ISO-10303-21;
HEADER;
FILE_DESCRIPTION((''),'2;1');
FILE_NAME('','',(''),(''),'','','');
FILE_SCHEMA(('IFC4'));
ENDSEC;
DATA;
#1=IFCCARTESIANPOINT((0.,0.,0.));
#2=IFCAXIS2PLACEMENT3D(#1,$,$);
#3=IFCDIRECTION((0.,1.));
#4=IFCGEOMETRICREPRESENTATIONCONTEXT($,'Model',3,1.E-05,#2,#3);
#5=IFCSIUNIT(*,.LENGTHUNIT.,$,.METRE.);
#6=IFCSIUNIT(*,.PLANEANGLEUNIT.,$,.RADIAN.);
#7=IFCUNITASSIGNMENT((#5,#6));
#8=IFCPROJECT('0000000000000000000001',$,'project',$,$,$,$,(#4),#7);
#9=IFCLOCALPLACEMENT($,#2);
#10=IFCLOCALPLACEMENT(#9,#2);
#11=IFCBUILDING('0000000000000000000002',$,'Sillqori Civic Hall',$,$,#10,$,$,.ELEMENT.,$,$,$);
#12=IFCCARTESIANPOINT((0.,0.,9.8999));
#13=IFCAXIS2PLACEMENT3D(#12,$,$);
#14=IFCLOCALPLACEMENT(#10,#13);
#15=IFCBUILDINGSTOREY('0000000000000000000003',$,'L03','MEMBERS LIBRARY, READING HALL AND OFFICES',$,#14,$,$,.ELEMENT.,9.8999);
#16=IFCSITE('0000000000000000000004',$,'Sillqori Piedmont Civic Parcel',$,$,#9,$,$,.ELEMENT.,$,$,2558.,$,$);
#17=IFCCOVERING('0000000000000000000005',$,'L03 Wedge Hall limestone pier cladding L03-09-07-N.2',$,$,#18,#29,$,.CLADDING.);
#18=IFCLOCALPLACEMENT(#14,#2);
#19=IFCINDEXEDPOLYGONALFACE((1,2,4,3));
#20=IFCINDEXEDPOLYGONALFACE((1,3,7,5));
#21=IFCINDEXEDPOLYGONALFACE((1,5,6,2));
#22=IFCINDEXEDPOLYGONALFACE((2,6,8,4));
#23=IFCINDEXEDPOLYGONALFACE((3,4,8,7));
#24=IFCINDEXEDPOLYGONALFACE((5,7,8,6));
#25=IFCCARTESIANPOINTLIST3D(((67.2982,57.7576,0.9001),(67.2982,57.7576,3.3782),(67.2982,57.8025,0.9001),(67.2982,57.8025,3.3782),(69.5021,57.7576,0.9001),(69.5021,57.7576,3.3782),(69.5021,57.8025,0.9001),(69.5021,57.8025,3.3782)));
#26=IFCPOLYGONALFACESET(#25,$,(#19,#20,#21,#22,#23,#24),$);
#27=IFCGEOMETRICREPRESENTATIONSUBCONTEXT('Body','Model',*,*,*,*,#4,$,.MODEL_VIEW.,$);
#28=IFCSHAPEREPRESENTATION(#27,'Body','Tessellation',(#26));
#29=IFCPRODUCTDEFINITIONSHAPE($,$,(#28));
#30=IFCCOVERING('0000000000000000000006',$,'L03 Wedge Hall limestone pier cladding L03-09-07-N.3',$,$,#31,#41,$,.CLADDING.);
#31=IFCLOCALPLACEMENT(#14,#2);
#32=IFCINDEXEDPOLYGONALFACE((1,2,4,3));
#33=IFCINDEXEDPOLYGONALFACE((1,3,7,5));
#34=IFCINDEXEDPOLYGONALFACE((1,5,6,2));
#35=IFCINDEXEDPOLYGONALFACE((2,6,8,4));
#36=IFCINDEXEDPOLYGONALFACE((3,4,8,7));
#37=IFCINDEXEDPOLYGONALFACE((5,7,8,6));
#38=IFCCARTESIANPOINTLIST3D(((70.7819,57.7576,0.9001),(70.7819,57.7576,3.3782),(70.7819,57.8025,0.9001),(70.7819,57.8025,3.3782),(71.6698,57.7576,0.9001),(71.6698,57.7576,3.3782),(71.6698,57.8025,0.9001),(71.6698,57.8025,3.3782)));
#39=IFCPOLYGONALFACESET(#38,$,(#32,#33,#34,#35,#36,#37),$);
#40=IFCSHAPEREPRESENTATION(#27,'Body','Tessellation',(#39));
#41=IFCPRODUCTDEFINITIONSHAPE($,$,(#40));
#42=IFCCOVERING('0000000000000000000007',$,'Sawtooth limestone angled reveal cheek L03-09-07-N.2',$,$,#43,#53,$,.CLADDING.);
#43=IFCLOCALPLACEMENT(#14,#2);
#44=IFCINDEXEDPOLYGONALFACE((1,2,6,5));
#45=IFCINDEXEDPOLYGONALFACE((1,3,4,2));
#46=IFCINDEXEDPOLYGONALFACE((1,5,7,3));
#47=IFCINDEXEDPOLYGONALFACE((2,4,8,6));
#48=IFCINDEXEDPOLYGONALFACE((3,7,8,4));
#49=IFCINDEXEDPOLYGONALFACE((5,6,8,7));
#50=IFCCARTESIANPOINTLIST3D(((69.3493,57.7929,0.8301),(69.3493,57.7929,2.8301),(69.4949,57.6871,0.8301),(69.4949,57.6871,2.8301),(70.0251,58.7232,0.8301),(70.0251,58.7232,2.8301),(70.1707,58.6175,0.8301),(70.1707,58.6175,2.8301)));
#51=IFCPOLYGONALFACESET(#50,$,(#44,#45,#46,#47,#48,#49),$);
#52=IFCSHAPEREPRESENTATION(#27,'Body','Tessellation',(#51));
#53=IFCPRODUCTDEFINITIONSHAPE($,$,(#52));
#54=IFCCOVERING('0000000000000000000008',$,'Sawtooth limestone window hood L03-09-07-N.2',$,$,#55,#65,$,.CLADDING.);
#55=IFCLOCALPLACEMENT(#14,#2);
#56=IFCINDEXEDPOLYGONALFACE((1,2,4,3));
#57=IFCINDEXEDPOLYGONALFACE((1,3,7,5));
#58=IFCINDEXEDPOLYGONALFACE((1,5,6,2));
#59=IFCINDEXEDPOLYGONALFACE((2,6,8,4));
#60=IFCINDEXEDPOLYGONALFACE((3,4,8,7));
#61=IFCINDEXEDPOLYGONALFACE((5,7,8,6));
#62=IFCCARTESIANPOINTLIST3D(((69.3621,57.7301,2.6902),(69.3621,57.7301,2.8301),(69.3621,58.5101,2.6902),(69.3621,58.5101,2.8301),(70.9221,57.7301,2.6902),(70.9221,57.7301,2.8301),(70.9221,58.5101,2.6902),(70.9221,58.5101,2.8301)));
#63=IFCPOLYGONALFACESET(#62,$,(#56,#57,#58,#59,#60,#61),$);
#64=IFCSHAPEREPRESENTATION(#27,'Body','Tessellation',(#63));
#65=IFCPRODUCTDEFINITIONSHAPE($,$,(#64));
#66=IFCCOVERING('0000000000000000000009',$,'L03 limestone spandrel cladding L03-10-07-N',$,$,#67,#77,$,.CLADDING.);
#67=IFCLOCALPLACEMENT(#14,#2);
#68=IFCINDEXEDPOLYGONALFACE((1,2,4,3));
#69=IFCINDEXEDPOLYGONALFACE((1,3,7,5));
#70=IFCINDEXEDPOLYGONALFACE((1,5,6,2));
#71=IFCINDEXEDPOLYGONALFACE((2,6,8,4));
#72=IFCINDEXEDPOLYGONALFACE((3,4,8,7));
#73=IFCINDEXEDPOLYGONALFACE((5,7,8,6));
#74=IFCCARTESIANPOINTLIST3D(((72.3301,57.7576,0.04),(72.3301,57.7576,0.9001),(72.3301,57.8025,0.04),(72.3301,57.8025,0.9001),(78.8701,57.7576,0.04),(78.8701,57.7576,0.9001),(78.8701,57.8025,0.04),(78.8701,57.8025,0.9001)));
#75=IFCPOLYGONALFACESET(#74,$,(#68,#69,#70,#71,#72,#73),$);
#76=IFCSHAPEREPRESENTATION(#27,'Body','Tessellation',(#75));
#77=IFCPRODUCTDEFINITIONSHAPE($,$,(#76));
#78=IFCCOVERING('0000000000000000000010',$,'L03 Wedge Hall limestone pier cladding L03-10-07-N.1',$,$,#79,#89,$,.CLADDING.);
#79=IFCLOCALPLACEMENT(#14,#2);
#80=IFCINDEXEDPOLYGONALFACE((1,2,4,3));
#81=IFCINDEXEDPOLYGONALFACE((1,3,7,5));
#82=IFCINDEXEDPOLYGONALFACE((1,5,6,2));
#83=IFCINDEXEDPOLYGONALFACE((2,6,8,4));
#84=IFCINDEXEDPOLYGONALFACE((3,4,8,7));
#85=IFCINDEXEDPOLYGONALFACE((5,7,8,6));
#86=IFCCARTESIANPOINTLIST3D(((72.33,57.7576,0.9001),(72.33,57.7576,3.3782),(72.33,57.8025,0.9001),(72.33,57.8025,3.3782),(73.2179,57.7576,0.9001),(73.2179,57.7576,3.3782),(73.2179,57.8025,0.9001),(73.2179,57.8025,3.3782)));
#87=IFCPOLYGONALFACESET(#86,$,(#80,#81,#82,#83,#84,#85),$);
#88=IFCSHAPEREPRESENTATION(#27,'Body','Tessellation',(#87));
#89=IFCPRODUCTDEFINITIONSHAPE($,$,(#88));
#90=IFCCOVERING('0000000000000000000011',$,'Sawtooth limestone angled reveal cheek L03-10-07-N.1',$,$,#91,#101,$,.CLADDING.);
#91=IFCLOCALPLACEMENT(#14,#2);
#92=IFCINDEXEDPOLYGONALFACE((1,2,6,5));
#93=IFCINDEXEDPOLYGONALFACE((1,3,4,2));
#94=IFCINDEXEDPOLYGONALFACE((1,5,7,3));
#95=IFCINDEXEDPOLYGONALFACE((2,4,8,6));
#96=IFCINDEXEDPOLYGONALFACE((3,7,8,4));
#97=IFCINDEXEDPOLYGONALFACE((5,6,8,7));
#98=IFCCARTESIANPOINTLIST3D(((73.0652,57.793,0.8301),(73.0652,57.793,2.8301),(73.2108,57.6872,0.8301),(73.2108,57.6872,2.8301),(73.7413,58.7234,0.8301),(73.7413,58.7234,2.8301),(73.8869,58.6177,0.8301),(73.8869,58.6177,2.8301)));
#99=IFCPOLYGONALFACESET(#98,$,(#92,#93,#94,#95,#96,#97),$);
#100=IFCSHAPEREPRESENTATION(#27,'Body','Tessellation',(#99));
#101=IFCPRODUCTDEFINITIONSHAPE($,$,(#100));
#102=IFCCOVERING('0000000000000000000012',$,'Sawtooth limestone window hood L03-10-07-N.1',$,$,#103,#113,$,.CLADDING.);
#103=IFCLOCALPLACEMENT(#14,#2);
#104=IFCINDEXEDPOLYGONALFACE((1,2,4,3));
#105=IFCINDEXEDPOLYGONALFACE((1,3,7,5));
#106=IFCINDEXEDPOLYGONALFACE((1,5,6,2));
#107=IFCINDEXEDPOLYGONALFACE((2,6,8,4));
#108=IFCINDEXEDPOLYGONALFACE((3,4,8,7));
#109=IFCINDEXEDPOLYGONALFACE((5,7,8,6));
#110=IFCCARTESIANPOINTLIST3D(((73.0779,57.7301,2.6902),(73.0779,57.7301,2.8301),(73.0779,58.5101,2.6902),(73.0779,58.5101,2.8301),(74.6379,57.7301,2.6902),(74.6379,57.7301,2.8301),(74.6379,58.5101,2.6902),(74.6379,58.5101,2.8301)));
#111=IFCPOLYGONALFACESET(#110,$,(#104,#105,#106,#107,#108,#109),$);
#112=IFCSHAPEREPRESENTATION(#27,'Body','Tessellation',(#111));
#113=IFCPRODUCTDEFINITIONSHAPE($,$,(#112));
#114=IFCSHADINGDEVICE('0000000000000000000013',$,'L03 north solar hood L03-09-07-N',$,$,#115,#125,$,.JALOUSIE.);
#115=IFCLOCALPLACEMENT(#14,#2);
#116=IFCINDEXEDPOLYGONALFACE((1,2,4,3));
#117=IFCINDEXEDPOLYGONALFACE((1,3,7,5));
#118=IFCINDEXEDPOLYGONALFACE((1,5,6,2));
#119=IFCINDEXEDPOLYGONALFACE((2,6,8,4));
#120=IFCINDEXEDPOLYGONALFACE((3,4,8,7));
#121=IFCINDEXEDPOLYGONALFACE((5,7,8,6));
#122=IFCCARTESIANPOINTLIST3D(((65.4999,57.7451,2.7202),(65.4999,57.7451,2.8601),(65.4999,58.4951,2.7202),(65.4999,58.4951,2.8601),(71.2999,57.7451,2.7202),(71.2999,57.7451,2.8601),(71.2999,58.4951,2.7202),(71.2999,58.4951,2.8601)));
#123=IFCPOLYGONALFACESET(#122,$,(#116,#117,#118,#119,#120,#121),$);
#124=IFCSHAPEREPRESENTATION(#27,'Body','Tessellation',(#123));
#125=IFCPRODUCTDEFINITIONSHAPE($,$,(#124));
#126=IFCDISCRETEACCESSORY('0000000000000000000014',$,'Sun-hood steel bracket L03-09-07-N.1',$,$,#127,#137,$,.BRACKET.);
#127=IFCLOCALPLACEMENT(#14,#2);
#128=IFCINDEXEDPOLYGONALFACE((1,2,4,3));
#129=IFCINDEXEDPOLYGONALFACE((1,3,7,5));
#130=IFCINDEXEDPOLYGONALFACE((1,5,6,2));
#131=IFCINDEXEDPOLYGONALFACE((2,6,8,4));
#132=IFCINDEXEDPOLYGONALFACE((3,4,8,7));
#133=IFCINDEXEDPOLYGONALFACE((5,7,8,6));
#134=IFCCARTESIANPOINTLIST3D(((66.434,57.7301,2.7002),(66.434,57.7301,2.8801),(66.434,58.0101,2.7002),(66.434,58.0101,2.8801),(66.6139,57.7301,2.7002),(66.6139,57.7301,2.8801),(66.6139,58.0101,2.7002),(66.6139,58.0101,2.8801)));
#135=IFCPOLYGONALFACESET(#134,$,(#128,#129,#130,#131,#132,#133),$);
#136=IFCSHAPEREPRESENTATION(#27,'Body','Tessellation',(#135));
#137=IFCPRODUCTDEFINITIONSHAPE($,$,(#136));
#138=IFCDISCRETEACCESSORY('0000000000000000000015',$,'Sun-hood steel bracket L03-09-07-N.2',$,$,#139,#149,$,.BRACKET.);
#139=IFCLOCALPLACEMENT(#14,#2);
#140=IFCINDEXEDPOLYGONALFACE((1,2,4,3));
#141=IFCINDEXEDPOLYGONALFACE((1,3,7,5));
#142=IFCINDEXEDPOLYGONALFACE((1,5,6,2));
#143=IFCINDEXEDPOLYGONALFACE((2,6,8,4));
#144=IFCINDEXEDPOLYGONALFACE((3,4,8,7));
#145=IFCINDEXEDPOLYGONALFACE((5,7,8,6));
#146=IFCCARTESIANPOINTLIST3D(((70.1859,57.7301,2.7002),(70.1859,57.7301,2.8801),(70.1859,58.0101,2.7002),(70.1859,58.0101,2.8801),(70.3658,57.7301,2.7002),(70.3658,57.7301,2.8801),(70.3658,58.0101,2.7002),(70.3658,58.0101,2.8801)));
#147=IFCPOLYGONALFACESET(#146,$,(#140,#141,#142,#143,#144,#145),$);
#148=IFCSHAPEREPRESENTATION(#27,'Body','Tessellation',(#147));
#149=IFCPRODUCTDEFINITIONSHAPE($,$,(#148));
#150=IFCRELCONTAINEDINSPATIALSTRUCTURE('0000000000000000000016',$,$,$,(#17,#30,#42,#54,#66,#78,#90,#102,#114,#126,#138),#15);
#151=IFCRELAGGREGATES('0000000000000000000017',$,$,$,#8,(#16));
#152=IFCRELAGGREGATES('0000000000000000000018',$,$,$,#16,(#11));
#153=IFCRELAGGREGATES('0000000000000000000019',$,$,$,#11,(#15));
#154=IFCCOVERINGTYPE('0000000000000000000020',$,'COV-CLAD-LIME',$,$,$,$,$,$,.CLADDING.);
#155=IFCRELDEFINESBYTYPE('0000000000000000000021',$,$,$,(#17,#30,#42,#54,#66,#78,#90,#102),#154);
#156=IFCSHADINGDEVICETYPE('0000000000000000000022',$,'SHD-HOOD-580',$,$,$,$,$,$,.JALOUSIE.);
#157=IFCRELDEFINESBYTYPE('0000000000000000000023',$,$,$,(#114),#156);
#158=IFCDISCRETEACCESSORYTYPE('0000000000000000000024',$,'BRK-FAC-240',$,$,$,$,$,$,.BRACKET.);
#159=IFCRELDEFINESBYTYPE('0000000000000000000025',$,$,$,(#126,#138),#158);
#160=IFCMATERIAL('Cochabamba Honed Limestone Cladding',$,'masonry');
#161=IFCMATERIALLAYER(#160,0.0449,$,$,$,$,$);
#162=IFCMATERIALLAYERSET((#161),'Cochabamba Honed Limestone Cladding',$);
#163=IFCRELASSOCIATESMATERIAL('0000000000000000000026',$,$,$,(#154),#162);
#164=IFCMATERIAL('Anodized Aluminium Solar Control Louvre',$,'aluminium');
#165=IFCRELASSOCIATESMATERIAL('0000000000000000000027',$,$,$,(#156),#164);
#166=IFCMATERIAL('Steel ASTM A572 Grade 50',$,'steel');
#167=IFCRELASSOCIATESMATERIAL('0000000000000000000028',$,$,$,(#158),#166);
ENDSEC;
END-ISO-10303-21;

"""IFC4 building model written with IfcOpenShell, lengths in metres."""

from ifc_helpers import new_model, si_unit, direction, frame, frame_2d, origin, origin_2d, place, context, subcontext, project, spatial, rectangle, extrude, material, layer, layer_set, type_object, element, save


model = new_model("IFC4")

# Units and contexts
model_context = context("Model", 3, precision=1e-05, world=origin(), true_north=direction((0.0, 1.0)))
body_context = subcontext(model_context, "Body", "Model", "MODEL_VIEW")
ifc_project = project(units=[si_unit("LENGTHUNIT", "METRE"), si_unit("PLANEANGLEUNIT", "RADIAN")], contexts=[model_context])

# Site, building, storey
site_placement = place(None, origin())
site = spatial("IfcSite", under=ifc_project, at=site_placement, Name="Sillqori Piedmont Civic Parcel", CompositionType="ELEMENT", RefElevation=2558.0)
building_placement = place(site_placement, origin())
building = spatial("IfcBuilding", under=site, at=building_placement, Name="Sillqori Civic Hall", CompositionType="ELEMENT")
storey_placement = place(building_placement, frame((0.0, 0.0, 9.8999)))
storey = spatial("IfcBuildingStorey", under=building, at=storey_placement, Name="L03", Description="MEMBERS LIBRARY, READING HALL AND OFFICES", CompositionType="ELEMENT", Elevation=9.8999)

# Coverings
ifc_material_1 = material(Name="Cochabamba Honed Limestone Cladding", Category="masonry")
ifc_layer_1 = layer(ifc_material_1, 0.0449)
ifc_layer_set_1 = layer_set([ifc_layer_1], Name="Cochabamba Honed Limestone Cladding")
covering_type = type_object("IfcCoveringType", Name="COV-CLAD-LIME", PredefinedType="CLADDING", material=ifc_layer_set_1)
covering_1_placement = place(storey_placement, frame((67.2981, 57.78, 0.9001), z_axis=(0.0, 0.0, 1.0), x_axis=(1.0, 0.0, 0.0)))
element("IfcCovering", 1, at=covering_1_placement, inside=storey, type_object=covering_type, Name="L03 Wedge Hall limestone pier cladding L03-09-07-N.2", PredefinedType="CLADDING", context=body_context, shape_type="SweptSolid", body=[
    extrude(rectangle(XDim=2.2039, YDim=0.0449, at=frame_2d((1.1021, 0.0))), origin(), (0.0, 0.0, 1.0), 2.478),
])
covering_2_placement = place(storey_placement, frame((70.782, 57.78, 0.9001), z_axis=(0.0, 0.0, 1.0), x_axis=(1.0, 0.0, 0.0)))
element("IfcCovering", 2, at=covering_2_placement, inside=storey, type_object=covering_type, Name="L03 Wedge Hall limestone pier cladding L03-09-07-N.3", PredefinedType="CLADDING", context=body_context, shape_type="SweptSolid", body=[
    extrude(rectangle(XDim=0.8879, YDim=0.0449, at=frame_2d((0.4438, 0.0))), origin(), (0.0, 0.0, 1.0), 2.478),
])
covering_3_placement = place(storey_placement, frame((69.4221, 57.74, 0.8301), z_axis=(0.0, 0.0, 1.0), x_axis=(0.587667, 0.809103, 0.0)))
element("IfcCovering", 3, at=covering_3_placement, inside=storey, type_object=covering_type, Name="Sawtooth limestone angled reveal cheek L03-09-07-N.2", PredefinedType="CLADDING", context=body_context, shape_type="SweptSolid", body=[
    extrude(rectangle(XDim=1.1499, YDim=0.1799, at=frame_2d((0.575, 0.0))), origin(), (0.0, 0.0, 1.0), 2.0),
])
covering_4_placement = place(storey_placement, frame((69.3621, 58.1201, 2.6902), z_axis=(0.0, 0.0, 1.0), x_axis=(1.0, 0.0, 0.0)))
element("IfcCovering", 4, at=covering_4_placement, inside=storey, type_object=covering_type, Name="Sawtooth limestone window hood L03-09-07-N.2", PredefinedType="CLADDING", context=body_context, shape_type="SweptSolid", body=[
    extrude(rectangle(XDim=1.5601, YDim=0.78, at=frame_2d((0.78, 0.0))), origin(), (0.0, 0.0, 1.0), 0.1399),
])
covering_5_placement = place(storey_placement, frame((72.3301, 57.78, 0.04), z_axis=(0.0, 0.0, 1.0), x_axis=(1.0, 0.0, 0.0)))
element("IfcCovering", 5, at=covering_5_placement, inside=storey, type_object=covering_type, Name="L03 limestone spandrel cladding L03-10-07-N", PredefinedType="CLADDING", context=body_context, shape_type="SweptSolid", body=[
    extrude(rectangle(XDim=6.54, YDim=0.0449, at=frame_2d((3.27, 0.0))), origin(), (0.0, 0.0, 1.0), 0.8601),
])
covering_6_placement = place(storey_placement, frame((72.3301, 57.78, 0.9001), z_axis=(0.0, 0.0, 1.0), x_axis=(1.0, 0.0, 0.0)))
element("IfcCovering", 6, at=covering_6_placement, inside=storey, type_object=covering_type, Name="L03 Wedge Hall limestone pier cladding L03-10-07-N.1", PredefinedType="CLADDING", context=body_context, shape_type="SweptSolid", body=[
    extrude(rectangle(XDim=0.8879, YDim=0.0449, at=frame_2d((0.4438, 0.0))), origin(), (0.0, 0.0, 1.0), 2.478),
])
covering_7_placement = place(storey_placement, frame((73.1379, 57.74, 0.8301), z_axis=(0.0, 0.0, 1.0), x_axis=(0.587806, 0.809002, 0.0)))
element("IfcCovering", 7, at=covering_7_placement, inside=storey, type_object=covering_type, Name="Sawtooth limestone angled reveal cheek L03-10-07-N.1", PredefinedType="CLADDING", context=body_context, shape_type="SweptSolid", body=[
    extrude(rectangle(XDim=1.1501, YDim=0.1799, at=frame_2d((0.5752, 0.0))), origin(), (0.0, 0.0, 1.0), 2.0),
])
covering_8_placement = place(storey_placement, frame((73.0779, 58.1201, 2.6902), z_axis=(0.0, 0.0, 1.0), x_axis=(1.0, 0.0, 0.0)))
element("IfcCovering", 8, at=covering_8_placement, inside=storey, type_object=covering_type, Name="Sawtooth limestone window hood L03-10-07-N.1", PredefinedType="CLADDING", context=body_context, shape_type="SweptSolid", body=[
    extrude(rectangle(XDim=1.5601, YDim=0.78, at=frame_2d((0.78, 0.0))), origin(), (0.0, 0.0, 1.0), 0.1399),
])

# Shading device
ifc_material_2 = material(Name="Anodized Aluminium Solar Control Louvre", Category="aluminium")
shading_device_type = type_object("IfcShadingDeviceType", Name="SHD-HOOD-580", PredefinedType="JALOUSIE", material=ifc_material_2)
shading_device_placement = place(storey_placement, frame((68.3999, 58.1201, 2.7202), z_axis=(0.0, 0.0, 1.0), x_axis=(1.0, 0.0, 0.0)))
element("IfcShadingDevice", 9, at=shading_device_placement, inside=storey, type_object=shading_device_type, Name="L03 north solar hood L03-09-07-N", PredefinedType="JALOUSIE", context=body_context, shape_type="SweptSolid", body=[
    extrude(rectangle(XDim=5.8, YDim=0.75, at=origin_2d()), origin(), (0.0, 0.0, 1.0), 0.1399),
])

# Discrete accessories
ifc_material_3 = material(Name="Steel ASTM A572 Grade 50", Category="steel")
discrete_accessory_type = type_object("IfcDiscreteAccessoryType", Name="BRK-FAC-240", PredefinedType="BRACKET", material=ifc_material_3)
for number, where, z_axis, x_axis, name in (
    (10, (66.5239, 57.8701, 2.7002), (0.0, 0.0, 1.0), (1.0, 0.0, 0.0), "Sun-hood steel bracket L03-09-07-N.1"),
    (11, (70.2759, 57.8701, 2.7002), (0.0, 0.0, 1.0), (1.0, 0.0, 0.0), "Sun-hood steel bracket L03-09-07-N.2"),
):
    element("IfcDiscreteAccessory", number, at=place(storey_placement, frame(where, z_axis=z_axis, x_axis=x_axis)), inside=storey, type_object=discrete_accessory_type, Name=name, PredefinedType="BRACKET", context=body_context, shape_type="SweptSolid", body=[
        extrude(rectangle(XDim=0.1799, YDim=0.28, at=origin_2d()), origin(), (0.0, 0.0, 1.0), 0.1799),
    ])

save(model, "model.ifc")
